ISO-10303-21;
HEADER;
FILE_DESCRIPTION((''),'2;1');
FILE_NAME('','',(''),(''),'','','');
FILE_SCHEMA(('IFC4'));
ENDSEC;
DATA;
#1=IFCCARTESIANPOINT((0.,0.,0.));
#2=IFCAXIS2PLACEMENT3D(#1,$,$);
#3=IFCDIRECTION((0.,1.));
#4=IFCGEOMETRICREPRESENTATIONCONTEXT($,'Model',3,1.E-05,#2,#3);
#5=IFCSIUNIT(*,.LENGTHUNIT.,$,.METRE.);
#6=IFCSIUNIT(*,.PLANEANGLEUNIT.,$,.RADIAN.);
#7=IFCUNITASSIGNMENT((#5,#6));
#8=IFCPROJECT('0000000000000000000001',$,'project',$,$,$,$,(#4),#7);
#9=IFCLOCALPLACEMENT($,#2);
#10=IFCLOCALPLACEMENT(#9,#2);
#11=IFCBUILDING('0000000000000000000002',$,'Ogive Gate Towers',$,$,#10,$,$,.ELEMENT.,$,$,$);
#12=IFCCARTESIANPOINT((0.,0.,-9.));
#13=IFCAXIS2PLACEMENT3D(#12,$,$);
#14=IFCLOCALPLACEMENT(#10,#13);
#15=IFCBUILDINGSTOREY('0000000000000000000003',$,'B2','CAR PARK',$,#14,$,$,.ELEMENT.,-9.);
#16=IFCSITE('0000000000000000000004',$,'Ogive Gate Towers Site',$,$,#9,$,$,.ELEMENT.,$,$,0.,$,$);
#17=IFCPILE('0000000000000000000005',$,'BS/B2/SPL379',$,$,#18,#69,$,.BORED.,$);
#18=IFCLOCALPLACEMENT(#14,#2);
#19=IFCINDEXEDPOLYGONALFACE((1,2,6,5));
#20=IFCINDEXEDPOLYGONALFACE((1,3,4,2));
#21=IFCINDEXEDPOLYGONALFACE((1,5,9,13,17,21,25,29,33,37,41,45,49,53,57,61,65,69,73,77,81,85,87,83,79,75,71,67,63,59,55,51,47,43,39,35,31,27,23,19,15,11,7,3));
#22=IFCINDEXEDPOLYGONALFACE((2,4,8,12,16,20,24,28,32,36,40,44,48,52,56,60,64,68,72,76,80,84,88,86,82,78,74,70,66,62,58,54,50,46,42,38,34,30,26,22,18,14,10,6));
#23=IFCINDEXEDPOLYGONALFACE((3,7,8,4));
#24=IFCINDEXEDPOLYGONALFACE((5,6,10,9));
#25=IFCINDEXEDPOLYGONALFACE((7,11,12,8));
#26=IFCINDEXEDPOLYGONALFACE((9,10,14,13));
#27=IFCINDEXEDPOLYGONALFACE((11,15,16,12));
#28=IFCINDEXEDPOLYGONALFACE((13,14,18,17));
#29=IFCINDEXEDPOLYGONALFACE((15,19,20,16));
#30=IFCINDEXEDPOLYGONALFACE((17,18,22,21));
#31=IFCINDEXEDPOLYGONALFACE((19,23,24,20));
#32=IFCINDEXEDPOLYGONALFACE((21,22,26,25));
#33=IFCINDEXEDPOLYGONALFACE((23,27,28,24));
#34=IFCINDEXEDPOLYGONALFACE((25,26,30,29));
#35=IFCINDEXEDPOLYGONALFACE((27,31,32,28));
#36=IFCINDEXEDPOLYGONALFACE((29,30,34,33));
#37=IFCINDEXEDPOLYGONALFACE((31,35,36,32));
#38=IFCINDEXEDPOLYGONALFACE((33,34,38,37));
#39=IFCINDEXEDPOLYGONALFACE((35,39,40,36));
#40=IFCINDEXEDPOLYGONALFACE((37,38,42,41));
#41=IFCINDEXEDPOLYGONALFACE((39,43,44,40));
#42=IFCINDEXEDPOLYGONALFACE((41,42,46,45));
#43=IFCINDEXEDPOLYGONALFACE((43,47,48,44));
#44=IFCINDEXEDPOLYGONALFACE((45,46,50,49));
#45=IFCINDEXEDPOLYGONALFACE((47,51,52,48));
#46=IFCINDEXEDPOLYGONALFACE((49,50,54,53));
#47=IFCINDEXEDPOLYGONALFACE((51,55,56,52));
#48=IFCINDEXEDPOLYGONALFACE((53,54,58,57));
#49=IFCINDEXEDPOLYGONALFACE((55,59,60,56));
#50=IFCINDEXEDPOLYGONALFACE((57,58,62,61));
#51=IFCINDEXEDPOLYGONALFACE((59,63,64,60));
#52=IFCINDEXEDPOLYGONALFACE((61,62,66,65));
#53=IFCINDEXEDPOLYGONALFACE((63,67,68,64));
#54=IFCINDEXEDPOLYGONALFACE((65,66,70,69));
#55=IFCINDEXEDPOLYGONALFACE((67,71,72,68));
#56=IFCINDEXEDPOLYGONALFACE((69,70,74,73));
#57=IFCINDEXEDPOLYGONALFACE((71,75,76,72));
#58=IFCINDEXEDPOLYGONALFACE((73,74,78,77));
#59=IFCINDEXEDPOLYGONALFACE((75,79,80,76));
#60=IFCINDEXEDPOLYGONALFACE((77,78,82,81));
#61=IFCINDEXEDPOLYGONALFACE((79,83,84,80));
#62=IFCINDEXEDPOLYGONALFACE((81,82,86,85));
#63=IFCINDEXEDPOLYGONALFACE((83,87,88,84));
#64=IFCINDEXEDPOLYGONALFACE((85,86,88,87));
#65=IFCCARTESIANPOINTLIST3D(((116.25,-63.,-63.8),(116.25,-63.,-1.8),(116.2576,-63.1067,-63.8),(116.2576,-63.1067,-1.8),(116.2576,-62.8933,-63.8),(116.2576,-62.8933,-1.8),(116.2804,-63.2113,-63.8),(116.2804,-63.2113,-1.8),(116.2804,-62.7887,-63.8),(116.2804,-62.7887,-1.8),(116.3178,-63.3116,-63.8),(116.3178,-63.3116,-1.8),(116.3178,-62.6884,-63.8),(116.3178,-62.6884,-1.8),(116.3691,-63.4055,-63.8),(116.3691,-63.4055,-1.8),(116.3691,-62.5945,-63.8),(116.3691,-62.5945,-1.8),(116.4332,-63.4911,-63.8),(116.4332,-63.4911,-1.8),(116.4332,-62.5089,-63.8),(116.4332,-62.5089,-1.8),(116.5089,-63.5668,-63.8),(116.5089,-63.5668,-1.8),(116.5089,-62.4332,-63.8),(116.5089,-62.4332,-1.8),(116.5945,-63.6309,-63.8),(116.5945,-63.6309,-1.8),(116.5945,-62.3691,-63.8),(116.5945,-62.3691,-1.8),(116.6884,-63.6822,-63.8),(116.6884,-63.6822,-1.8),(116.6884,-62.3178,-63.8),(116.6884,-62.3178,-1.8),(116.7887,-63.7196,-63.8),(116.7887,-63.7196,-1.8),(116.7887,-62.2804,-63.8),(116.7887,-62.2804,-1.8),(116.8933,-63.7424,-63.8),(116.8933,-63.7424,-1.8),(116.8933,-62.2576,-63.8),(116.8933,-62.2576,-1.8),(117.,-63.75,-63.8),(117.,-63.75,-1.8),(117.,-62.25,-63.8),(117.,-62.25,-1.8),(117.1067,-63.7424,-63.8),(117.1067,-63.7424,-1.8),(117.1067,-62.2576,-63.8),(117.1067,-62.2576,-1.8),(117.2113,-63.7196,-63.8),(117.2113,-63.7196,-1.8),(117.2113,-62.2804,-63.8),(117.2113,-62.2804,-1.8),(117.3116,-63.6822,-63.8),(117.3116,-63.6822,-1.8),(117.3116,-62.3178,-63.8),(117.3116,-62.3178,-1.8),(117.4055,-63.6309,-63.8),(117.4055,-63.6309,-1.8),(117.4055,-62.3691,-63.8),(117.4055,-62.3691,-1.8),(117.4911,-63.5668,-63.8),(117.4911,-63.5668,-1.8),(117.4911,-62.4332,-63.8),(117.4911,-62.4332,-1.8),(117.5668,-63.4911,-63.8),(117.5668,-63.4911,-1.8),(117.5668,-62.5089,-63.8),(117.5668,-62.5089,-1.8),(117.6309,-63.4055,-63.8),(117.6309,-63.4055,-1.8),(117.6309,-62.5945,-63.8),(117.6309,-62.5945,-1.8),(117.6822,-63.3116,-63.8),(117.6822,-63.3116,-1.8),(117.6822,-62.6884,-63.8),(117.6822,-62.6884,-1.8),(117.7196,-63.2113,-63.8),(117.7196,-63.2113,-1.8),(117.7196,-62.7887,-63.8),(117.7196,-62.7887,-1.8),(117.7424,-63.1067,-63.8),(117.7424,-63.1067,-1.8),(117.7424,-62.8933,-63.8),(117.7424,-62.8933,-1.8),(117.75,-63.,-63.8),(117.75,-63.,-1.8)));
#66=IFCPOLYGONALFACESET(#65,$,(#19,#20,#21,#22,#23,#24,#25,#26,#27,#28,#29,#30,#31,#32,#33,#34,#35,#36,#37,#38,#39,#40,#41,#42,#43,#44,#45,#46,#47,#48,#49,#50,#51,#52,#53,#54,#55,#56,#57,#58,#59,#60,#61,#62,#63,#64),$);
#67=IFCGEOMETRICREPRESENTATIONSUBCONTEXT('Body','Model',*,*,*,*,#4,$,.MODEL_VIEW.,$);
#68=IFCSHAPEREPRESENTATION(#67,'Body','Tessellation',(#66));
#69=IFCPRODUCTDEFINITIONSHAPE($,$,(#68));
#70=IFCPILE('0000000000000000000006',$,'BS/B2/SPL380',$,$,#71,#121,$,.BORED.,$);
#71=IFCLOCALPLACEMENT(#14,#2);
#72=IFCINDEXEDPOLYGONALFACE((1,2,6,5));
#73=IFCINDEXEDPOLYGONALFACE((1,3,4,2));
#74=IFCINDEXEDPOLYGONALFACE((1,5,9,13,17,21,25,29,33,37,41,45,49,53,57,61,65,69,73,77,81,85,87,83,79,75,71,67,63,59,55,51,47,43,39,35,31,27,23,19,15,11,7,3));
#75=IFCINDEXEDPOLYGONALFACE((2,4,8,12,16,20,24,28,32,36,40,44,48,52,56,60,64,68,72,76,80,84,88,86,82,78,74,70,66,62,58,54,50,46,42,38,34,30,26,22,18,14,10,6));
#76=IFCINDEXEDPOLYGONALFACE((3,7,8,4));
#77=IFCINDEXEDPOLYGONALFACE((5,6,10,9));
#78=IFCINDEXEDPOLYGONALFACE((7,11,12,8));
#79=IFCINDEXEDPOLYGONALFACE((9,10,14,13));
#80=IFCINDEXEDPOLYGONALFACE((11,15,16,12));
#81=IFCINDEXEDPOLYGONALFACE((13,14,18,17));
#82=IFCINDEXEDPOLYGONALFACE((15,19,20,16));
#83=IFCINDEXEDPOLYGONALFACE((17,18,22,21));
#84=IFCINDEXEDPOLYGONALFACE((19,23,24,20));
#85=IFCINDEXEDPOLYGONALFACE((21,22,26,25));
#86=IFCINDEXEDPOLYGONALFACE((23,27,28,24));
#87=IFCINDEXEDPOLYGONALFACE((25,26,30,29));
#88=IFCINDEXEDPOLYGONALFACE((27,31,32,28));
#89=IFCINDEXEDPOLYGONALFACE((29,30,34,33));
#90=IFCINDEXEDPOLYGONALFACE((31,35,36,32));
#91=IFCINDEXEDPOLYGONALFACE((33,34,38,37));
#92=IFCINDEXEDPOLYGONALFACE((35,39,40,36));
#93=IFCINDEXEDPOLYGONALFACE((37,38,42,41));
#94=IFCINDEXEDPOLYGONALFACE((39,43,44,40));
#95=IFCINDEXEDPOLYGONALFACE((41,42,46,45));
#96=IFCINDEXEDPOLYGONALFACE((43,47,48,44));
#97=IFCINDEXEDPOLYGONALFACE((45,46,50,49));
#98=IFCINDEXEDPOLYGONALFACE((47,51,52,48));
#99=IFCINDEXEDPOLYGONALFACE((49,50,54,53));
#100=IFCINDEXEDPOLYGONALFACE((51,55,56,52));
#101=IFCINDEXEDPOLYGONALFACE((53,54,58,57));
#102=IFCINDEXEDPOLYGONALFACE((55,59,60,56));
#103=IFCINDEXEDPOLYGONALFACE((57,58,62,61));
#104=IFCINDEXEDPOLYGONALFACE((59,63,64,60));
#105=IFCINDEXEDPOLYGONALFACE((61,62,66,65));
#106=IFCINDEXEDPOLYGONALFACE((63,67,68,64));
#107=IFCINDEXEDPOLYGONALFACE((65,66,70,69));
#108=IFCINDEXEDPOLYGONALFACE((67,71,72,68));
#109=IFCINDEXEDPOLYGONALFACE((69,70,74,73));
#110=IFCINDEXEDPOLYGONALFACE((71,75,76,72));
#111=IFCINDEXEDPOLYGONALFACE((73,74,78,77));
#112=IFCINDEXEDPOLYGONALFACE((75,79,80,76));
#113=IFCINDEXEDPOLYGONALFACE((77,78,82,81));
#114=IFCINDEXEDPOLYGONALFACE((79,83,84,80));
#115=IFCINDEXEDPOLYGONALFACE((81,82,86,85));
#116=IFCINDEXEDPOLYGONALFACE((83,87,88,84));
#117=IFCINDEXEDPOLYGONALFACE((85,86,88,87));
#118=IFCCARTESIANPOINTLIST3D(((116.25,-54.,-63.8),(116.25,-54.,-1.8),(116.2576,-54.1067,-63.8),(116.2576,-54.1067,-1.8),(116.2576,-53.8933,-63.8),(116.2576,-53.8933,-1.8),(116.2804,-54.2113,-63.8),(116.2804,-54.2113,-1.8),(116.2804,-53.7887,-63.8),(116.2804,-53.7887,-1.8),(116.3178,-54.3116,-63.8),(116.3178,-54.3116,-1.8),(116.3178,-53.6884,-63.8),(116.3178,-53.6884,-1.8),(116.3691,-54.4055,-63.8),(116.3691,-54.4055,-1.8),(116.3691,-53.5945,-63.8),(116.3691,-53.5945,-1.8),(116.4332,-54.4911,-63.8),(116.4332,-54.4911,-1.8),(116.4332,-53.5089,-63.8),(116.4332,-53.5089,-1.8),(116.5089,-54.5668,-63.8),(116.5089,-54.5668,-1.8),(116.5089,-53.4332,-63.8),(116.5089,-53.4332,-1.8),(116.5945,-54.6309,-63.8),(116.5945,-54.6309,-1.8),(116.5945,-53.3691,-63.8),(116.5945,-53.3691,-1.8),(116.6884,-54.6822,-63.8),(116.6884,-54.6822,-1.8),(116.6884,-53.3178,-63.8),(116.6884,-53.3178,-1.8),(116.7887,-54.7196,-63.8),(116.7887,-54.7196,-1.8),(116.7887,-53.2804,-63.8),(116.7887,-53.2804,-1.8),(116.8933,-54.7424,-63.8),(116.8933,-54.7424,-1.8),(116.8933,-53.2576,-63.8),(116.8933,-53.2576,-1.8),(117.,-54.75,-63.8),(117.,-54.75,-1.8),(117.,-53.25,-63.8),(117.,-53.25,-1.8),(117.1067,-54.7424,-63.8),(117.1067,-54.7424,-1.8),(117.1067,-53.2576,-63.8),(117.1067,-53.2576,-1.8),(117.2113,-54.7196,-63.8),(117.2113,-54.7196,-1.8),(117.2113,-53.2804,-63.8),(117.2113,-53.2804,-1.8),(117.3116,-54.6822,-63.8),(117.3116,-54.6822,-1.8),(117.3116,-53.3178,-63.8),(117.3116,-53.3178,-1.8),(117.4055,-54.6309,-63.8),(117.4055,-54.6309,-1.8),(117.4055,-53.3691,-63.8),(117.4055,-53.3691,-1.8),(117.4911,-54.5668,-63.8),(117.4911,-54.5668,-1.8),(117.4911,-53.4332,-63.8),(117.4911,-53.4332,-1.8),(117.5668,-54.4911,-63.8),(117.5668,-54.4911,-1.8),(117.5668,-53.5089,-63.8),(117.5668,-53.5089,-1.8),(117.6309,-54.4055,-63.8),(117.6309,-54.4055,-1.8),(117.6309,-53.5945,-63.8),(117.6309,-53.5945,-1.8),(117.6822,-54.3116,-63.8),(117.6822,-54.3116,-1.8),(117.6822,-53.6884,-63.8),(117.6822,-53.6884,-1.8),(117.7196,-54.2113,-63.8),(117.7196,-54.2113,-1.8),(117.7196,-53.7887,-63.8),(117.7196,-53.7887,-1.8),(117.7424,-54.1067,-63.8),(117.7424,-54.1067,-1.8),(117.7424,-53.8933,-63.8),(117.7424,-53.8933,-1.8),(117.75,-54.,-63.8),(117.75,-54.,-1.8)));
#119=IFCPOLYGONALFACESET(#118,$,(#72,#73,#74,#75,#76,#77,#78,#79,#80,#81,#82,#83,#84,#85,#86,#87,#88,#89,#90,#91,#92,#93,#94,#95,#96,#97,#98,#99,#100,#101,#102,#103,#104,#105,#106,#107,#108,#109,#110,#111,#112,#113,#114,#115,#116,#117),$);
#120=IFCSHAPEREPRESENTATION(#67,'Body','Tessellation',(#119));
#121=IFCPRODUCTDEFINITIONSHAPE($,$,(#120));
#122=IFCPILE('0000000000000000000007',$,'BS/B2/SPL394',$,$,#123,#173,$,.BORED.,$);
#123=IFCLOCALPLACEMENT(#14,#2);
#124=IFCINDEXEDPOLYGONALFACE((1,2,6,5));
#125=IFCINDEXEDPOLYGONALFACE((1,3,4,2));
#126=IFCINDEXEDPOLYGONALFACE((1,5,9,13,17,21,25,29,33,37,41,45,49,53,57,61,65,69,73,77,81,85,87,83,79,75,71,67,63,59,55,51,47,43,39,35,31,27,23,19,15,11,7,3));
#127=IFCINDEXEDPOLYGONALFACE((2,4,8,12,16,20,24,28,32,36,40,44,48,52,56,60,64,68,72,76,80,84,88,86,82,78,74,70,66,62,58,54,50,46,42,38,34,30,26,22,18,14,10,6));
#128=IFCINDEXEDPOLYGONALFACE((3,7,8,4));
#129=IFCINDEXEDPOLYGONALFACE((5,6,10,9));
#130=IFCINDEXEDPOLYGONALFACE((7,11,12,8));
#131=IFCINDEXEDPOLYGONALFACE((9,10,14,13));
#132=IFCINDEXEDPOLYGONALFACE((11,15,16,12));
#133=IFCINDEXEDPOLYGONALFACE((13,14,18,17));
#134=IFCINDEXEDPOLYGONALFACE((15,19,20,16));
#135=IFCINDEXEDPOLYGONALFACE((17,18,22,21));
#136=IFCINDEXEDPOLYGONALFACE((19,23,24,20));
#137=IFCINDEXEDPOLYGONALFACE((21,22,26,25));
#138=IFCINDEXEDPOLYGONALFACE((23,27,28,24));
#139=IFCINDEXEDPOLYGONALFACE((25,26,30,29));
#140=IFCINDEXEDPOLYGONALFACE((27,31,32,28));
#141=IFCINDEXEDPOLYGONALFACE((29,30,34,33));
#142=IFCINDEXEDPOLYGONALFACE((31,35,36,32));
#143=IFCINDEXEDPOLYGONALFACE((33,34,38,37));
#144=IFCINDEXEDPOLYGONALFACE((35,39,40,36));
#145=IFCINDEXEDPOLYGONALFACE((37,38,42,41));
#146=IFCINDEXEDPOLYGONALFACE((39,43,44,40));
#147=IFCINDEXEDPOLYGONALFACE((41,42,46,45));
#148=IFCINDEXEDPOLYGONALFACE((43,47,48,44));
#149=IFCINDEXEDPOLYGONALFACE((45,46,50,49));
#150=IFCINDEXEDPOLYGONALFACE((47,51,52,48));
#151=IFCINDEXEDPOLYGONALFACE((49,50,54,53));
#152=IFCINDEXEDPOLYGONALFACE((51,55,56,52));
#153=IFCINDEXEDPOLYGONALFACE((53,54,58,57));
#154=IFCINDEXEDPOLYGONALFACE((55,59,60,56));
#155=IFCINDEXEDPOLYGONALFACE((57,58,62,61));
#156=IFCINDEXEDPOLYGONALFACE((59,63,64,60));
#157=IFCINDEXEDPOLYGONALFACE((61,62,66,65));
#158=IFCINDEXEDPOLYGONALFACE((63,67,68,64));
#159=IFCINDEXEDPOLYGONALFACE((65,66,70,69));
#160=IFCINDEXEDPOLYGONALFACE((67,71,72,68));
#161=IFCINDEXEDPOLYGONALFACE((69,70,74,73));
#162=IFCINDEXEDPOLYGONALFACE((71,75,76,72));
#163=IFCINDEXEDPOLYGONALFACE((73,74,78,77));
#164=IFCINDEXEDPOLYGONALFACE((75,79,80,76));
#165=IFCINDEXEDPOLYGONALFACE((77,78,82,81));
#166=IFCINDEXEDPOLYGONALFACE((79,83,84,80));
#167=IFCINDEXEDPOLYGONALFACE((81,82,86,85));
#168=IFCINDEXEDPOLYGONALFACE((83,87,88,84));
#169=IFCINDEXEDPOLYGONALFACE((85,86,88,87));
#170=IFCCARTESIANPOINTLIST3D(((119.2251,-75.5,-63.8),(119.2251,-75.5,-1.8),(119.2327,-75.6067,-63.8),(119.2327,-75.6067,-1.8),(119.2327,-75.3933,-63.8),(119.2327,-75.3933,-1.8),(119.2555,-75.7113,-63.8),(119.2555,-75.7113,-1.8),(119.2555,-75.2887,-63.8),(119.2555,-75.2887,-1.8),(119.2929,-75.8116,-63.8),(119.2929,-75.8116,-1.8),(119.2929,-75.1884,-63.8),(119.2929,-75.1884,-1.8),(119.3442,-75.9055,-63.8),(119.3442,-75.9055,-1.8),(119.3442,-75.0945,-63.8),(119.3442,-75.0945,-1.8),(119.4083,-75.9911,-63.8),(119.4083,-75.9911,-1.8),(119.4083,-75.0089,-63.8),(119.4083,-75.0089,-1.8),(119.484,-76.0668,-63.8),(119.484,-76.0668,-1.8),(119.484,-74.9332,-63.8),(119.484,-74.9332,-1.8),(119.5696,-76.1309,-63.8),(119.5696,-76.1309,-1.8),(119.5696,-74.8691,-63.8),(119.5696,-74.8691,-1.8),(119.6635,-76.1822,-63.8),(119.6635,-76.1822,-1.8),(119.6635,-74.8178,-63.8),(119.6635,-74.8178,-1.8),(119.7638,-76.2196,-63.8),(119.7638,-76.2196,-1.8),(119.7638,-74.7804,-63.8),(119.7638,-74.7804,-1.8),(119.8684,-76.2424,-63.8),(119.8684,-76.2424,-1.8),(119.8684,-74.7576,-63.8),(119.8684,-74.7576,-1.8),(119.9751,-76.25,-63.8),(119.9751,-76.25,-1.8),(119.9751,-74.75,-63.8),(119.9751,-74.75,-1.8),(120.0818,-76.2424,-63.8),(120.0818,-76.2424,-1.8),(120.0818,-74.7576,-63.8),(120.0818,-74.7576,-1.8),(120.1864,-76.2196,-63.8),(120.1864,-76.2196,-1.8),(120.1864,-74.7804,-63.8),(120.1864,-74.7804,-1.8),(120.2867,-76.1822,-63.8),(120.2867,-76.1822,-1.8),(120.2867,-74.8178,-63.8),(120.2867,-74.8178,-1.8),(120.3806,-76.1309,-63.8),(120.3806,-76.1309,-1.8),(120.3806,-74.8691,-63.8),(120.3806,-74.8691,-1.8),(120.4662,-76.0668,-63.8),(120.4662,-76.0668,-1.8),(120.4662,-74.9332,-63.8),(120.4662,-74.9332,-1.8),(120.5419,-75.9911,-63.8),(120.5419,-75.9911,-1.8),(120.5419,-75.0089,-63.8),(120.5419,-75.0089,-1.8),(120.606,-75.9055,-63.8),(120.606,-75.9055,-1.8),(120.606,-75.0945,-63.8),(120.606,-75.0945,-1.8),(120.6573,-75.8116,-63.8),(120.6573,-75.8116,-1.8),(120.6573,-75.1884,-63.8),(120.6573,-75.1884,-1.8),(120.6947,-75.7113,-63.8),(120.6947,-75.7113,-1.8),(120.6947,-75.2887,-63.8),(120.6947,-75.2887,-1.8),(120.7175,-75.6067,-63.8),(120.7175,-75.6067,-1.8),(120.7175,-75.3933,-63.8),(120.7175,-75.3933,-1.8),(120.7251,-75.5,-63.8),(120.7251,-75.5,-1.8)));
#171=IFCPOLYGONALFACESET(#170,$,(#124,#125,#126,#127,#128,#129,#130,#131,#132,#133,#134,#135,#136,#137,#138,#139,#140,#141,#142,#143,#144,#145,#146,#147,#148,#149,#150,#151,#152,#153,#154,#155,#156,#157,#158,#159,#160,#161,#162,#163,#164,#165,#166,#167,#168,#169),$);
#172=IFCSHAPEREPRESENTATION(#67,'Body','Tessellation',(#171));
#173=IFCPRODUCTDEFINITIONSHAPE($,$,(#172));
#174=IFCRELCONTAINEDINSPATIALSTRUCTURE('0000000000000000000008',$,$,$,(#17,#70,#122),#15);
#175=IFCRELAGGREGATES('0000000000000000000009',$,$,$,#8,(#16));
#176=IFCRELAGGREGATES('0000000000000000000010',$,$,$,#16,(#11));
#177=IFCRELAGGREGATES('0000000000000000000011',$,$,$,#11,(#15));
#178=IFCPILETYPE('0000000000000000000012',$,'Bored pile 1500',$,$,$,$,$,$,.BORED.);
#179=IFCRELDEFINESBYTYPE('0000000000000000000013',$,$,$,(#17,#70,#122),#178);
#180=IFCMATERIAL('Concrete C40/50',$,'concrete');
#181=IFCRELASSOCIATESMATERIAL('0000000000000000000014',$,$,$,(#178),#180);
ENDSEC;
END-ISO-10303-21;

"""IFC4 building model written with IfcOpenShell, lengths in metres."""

from ifc_helpers import new_model, si_unit, direction, frame, origin, origin_2d, place, context, subcontext, project, spatial, circle, extrude, material, material_profile, profile_set, type_object, element, save


model = new_model("IFC4")

# Units and contexts
model_context = context("Model", 3, precision=1e-05, world=origin(), true_north=direction((0.0, 1.0)))
body_context = subcontext(model_context, "Body", "Model", "MODEL_VIEW")
ifc_project = project(units=[si_unit("LENGTHUNIT", "METRE"), si_unit("PLANEANGLEUNIT", "RADIAN")], contexts=[model_context])

# Site, building, storey
site_placement = place(None, origin())
site = spatial("IfcSite", under=ifc_project, at=site_placement, Name="Ogive Gate Towers Site", CompositionType="ELEMENT", RefElevation=0.0)
building_placement = place(site_placement, origin())
building = spatial("IfcBuilding", under=site, at=building_placement, Name="Ogive Gate Towers", CompositionType="ELEMENT")
storey_placement = place(building_placement, frame((0.0, 0.0, -9.0)))
storey = spatial("IfcBuildingStorey", under=building, at=storey_placement, Name="B2", Description="CAR PARK", CompositionType="ELEMENT", Elevation=-9.0)

# Piles
ifc_material_1 = material(Name="Concrete C40/50", Category="concrete")
ifc_material_profile_1 = material_profile(ifc_material_1, circle(Radius=0.75, at=origin_2d()), Name="BP 1500")
ifc_profile_set_1 = profile_set([ifc_material_profile_1], Name="Concrete C40/50")
pile_type = type_object("IfcPileType", Name="Bored pile 1500", PredefinedType="BORED", material=ifc_profile_set_1)
for number, where, z_axis, x_axis, name in (
    (1, (117.0, -63.0, -1.8), (0.0, 0.0, -1.0), (1.0, 0.0, 0.0), "BS/B2/SPL379"),
    (2, (117.0, -54.0, -1.8), (0.0, 0.0, -1.0), (1.0, 0.0, 0.0), "BS/B2/SPL380"),
    (3, (119.9751, -75.5, -1.8), (0.0, 0.0, -1.0), (1.0, 0.0, 0.0), "BS/B2/SPL394"),
):
    element("IfcPile", number, at=place(storey_placement, frame(where, z_axis=z_axis, x_axis=x_axis)), inside=storey, type_object=pile_type, Name=name, PredefinedType="BORED", context=body_context, shape_type="SweptSolid", body=[
        extrude(circle(Radius=0.75, at=origin_2d()), origin(), (0.0, 0.0, 1.0), 62.0),
    ])

save(model, "model.ifc")
